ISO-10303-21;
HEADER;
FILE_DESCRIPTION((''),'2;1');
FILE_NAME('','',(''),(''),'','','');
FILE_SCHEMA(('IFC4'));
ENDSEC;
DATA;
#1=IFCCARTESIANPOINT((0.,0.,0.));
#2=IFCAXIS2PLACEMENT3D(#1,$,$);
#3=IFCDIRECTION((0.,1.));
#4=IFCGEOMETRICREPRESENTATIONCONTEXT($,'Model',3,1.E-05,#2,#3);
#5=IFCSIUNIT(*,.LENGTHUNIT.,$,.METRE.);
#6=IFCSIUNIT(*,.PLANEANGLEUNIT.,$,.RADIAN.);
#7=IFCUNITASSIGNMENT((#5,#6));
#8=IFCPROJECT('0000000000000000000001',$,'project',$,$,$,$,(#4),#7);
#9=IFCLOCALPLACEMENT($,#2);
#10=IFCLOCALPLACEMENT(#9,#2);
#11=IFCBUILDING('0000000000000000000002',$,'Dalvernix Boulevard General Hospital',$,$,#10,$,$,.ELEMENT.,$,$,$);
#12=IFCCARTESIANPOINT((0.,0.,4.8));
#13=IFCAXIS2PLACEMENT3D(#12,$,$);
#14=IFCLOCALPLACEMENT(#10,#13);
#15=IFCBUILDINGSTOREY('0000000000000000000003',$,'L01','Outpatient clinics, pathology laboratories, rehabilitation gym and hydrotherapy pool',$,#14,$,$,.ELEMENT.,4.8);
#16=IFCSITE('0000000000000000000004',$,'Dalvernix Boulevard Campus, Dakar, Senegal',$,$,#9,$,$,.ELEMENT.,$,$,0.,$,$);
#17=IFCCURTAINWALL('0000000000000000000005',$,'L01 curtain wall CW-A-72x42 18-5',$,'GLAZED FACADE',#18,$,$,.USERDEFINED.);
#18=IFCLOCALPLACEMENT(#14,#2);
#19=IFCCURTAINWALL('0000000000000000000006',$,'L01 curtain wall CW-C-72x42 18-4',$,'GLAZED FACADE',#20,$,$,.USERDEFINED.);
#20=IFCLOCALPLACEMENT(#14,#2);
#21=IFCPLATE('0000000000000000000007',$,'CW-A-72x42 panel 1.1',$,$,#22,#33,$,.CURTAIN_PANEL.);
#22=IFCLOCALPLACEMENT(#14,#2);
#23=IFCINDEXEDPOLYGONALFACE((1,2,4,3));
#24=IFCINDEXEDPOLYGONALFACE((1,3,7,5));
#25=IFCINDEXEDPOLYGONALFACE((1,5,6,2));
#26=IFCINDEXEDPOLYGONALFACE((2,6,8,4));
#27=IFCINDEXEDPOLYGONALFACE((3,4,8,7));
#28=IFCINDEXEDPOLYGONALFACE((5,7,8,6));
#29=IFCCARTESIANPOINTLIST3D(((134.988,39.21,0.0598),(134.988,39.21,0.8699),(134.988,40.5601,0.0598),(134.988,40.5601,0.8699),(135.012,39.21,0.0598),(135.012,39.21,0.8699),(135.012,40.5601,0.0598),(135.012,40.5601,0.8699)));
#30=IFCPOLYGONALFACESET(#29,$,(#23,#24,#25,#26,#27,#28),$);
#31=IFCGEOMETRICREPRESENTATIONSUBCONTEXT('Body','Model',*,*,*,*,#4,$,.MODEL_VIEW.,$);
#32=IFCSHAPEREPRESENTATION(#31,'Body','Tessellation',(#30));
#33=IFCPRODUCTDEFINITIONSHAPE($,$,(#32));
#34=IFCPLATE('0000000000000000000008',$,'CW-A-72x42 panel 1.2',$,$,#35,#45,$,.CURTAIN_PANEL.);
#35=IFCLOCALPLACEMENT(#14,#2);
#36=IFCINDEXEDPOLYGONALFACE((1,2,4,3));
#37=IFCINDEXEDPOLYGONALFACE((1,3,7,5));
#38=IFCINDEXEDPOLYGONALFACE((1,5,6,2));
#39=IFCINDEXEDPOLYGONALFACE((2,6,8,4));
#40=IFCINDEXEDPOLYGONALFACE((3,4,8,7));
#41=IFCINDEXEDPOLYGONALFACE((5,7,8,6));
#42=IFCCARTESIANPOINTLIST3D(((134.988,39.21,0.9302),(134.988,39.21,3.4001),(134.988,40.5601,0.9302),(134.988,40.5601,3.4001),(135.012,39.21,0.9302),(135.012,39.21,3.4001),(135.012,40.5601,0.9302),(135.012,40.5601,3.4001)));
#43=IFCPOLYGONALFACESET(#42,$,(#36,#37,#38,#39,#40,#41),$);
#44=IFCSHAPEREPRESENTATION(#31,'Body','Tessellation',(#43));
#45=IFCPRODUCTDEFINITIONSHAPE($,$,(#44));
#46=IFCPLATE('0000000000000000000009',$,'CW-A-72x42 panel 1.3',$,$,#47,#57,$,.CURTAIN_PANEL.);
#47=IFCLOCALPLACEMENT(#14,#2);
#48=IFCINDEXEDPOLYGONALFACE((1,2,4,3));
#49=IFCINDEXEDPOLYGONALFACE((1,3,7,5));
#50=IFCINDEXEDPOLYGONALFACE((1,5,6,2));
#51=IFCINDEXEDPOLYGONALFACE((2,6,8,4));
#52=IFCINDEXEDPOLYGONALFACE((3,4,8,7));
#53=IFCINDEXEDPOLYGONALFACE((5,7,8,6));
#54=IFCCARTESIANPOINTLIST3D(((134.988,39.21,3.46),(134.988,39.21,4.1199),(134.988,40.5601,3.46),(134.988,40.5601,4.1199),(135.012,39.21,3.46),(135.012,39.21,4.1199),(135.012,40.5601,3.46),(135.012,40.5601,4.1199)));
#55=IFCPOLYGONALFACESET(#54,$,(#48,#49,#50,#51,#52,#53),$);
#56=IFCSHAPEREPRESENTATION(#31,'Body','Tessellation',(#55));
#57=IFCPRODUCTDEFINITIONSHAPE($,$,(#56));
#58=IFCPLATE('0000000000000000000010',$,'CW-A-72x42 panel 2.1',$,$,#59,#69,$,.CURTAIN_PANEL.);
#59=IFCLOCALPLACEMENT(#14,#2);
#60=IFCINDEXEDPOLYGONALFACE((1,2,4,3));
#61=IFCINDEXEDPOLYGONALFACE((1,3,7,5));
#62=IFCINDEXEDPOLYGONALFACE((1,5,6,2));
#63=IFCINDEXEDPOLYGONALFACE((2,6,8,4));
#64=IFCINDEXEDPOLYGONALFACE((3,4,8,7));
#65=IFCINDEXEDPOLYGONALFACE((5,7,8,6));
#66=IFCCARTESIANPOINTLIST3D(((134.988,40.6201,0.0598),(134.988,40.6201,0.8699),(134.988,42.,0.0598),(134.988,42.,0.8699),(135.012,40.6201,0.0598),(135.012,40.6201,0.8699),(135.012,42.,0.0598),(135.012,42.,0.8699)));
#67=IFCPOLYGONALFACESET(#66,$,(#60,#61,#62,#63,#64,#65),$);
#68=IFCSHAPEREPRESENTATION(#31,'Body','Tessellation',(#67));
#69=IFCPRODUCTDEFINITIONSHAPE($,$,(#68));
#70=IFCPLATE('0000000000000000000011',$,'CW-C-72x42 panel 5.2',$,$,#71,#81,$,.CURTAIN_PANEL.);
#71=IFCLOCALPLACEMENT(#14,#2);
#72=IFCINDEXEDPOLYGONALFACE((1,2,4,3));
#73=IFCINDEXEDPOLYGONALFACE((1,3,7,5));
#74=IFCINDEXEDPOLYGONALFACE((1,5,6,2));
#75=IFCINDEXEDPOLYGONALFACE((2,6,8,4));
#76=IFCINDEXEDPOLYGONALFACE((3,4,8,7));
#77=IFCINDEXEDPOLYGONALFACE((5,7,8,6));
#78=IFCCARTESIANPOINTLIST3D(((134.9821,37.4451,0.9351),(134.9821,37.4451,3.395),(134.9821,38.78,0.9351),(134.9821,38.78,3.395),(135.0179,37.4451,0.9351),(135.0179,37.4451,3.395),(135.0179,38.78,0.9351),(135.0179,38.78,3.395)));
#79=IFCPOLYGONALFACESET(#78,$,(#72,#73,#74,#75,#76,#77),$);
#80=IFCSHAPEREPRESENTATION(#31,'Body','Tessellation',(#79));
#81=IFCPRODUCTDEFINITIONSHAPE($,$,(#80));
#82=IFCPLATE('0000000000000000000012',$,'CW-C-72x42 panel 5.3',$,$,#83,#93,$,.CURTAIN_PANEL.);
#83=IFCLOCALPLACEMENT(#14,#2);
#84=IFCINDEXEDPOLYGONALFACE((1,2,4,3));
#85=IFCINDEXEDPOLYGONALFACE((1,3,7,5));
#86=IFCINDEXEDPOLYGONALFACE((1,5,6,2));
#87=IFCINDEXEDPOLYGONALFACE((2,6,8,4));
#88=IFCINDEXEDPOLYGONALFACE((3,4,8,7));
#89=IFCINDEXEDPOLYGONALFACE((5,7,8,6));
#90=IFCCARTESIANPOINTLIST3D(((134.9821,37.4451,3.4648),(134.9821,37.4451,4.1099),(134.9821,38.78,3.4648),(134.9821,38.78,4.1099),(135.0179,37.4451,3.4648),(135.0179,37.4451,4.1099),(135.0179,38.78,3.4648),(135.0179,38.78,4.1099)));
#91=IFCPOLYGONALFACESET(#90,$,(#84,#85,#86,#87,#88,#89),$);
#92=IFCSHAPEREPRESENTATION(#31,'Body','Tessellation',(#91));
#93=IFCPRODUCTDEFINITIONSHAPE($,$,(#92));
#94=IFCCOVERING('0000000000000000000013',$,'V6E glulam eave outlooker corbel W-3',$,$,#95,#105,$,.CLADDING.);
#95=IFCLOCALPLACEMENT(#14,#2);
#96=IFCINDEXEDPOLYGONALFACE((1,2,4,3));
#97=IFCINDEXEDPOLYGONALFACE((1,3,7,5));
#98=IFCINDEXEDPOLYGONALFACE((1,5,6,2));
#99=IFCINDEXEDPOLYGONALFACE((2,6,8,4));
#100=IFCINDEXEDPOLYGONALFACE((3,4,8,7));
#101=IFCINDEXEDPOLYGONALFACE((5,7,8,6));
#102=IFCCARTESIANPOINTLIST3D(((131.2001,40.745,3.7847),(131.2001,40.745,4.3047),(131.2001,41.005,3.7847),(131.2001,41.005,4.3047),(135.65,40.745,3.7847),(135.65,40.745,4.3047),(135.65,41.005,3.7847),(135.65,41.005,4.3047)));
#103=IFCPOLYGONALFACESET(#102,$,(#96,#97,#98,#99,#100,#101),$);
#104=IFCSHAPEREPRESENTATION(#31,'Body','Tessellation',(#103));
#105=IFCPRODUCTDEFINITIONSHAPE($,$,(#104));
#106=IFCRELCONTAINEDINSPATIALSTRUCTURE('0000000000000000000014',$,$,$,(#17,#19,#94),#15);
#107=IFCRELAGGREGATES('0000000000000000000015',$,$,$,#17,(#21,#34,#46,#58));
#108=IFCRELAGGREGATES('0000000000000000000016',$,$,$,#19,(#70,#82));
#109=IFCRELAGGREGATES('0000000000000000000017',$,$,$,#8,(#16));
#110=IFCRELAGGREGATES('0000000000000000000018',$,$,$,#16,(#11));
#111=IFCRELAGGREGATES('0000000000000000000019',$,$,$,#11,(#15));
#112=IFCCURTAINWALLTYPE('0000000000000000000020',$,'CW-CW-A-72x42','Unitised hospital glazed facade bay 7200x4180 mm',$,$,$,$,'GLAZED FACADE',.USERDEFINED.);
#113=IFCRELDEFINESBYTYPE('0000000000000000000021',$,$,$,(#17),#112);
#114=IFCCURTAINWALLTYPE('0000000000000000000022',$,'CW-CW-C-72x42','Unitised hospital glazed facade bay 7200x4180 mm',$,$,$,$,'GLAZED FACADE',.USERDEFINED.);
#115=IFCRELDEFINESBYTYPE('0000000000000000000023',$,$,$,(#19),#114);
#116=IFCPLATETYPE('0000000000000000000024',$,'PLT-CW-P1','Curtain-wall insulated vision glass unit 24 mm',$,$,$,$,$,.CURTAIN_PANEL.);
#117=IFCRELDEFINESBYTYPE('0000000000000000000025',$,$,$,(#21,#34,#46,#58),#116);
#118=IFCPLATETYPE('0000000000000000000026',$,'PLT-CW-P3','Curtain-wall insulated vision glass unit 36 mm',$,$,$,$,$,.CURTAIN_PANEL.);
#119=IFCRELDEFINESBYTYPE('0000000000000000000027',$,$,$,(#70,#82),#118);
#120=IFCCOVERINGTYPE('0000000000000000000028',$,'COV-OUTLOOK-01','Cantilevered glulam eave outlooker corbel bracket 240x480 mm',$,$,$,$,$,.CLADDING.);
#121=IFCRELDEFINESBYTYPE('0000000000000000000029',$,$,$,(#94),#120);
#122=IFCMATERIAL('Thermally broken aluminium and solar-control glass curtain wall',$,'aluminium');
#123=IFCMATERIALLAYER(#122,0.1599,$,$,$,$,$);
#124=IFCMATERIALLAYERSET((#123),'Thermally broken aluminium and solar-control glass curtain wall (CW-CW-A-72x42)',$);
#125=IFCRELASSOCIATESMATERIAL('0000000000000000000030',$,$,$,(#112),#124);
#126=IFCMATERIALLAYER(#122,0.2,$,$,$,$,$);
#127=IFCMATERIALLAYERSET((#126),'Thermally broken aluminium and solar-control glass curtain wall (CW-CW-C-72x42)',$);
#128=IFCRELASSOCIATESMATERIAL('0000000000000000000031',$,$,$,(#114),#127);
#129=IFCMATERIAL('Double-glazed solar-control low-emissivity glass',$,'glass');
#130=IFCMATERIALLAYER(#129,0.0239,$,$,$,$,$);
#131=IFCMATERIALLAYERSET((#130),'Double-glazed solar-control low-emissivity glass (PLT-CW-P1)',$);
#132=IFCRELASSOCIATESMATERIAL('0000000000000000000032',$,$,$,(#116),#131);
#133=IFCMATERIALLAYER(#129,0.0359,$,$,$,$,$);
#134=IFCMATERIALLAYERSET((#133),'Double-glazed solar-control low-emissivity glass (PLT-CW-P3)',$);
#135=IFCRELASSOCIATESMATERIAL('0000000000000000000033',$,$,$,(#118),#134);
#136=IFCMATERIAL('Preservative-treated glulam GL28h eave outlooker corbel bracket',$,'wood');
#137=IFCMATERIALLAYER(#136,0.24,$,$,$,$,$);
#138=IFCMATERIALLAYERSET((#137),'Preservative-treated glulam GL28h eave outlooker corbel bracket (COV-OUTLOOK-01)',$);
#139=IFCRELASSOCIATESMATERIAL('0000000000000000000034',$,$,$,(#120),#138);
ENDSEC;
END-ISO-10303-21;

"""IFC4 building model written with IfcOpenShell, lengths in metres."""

from ifc_helpers import new_model, si_unit, direction, frame, origin, origin_2d, place, context, subcontext, project, spatial, rectangle, extrude, material, layer, layer_set, type_object, element, aggregate, save


model = new_model("IFC4")

# Units and contexts
model_context = context("Model", 3, precision=1e-05, world=origin(), true_north=direction((0.0, 1.0)))
body_context = subcontext(model_context, "Body", "Model", "MODEL_VIEW")
ifc_project = project(units=[si_unit("LENGTHUNIT", "METRE"), si_unit("PLANEANGLEUNIT", "RADIAN")], contexts=[model_context])

# Site, building, storey
site_placement = place(None, origin())
site = spatial("IfcSite", under=ifc_project, at=site_placement, Name="Dalvernix Boulevard Campus, Dakar, Senegal", CompositionType="ELEMENT", RefElevation=0.0)
building_placement = place(site_placement, origin())
building = spatial("IfcBuilding", under=site, at=building_placement, Name="Dalvernix Boulevard General Hospital", CompositionType="ELEMENT")
storey_placement = place(building_placement, frame((0.0, 0.0, 4.8)))
storey = spatial("IfcBuildingStorey", under=building, at=storey_placement, Name="L01", Description="Outpatient clinics, pathology laboratories, rehabilitation gym and hydrotherapy pool", CompositionType="ELEMENT", Elevation=4.8)

# Curtain wall
ifc_material_1 = material(Name="Thermally broken aluminium and solar-control glass curtain wall", Category="aluminium")
ifc_layer_1 = layer(ifc_material_1, 0.1599)
ifc_layer_set_1 = layer_set([ifc_layer_1], Name="Thermally broken aluminium and solar-control glass curtain wall (CW-CW-A-72x42)")
curtain_wall_type_1 = type_object("IfcCurtainWallType", Name="CW-CW-A-72x42", Description="Unitised hospital glazed facade bay 7200x4180 mm", ElementType="GLAZED FACADE", PredefinedType="USERDEFINED", material=ifc_layer_set_1)
curtain_wall_1_placement = place(storey_placement, origin())
curtain_wall_1 = element("IfcCurtainWall", 1, at=curtain_wall_1_placement, inside=storey, type_object=curtain_wall_type_1, Name="L01 curtain wall CW-A-72x42 18-5", ObjectType="GLAZED FACADE", PredefinedType="USERDEFINED")

# Curtain wall
ifc_layer_2 = layer(ifc_material_1, 0.2)
ifc_layer_set_2 = layer_set([ifc_layer_2], Name="Thermally broken aluminium and solar-control glass curtain wall (CW-CW-C-72x42)")
curtain_wall_type_2 = type_object("IfcCurtainWallType", Name="CW-CW-C-72x42", Description="Unitised hospital glazed facade bay 7200x4180 mm", ElementType="GLAZED FACADE", PredefinedType="USERDEFINED", material=ifc_layer_set_2)
curtain_wall_2_placement = place(storey_placement, origin())
curtain_wall_2 = element("IfcCurtainWall", 2, at=curtain_wall_2_placement, inside=storey, type_object=curtain_wall_type_2, Name="L01 curtain wall CW-C-72x42 18-4", ObjectType="GLAZED FACADE", PredefinedType="USERDEFINED")

# Plates
ifc_material_2 = material(Name="Double-glazed solar-control low-emissivity glass", Category="glass")
ifc_layer_3 = layer(ifc_material_2, 0.0239)
ifc_layer_set_3 = layer_set([ifc_layer_3], Name="Double-glazed solar-control low-emissivity glass (PLT-CW-P1)")
plate_type_1 = type_object("IfcPlateType", Name="PLT-CW-P1", Description="Curtain-wall insulated vision glass unit 24 mm", PredefinedType="CURTAIN_PANEL", material=ifc_layer_set_3)
plate_1_placement = place(storey_placement, frame((135.0, 39.885, 0.0598), z_axis=(0.0, 0.0, 1.0), x_axis=(0.0, 1.0, 0.0)))
plate_1 = element("IfcPlate", 3, at=plate_1_placement, type_object=plate_type_1, Name="CW-A-72x42 panel 1.1", PredefinedType="CURTAIN_PANEL", context=body_context, shape_type="SweptSolid", body=[
    extrude(rectangle(XDim=1.3501, YDim=0.0239, at=origin_2d()), origin(), (0.0, 0.0, 1.0), 0.8101),
])
plate_2_placement = place(storey_placement, frame((135.0, 39.885, 0.9302), z_axis=(0.0, 0.0, 1.0), x_axis=(0.0, 1.0, 0.0)))
plate_2 = element("IfcPlate", 4, at=plate_2_placement, type_object=plate_type_1, Name="CW-A-72x42 panel 1.2", PredefinedType="CURTAIN_PANEL", context=body_context, shape_type="SweptSolid", body=[
    extrude(rectangle(XDim=1.3501, YDim=0.0239, at=origin_2d()), origin(), (0.0, 0.0, 1.0), 2.47),
])
plate_3_placement = place(storey_placement, frame((135.0, 39.885, 3.46), z_axis=(0.0, 0.0, 1.0), x_axis=(0.0, 1.0, 0.0)))
plate_3 = element("IfcPlate", 5, at=plate_3_placement, type_object=plate_type_1, Name="CW-A-72x42 panel 1.3", PredefinedType="CURTAIN_PANEL", context=body_context, shape_type="SweptSolid", body=[
    extrude(rectangle(XDim=1.3501, YDim=0.0239, at=origin_2d()), origin(), (0.0, 0.0, 1.0), 0.6599),
])
plate_4_placement = place(storey_placement, frame((135.0, 41.3101, 0.0598), z_axis=(0.0, 0.0, 1.0), x_axis=(0.0, 1.0, 0.0)))
plate_4 = element("IfcPlate", 6, at=plate_4_placement, type_object=plate_type_1, Name="CW-A-72x42 panel 2.1", PredefinedType="CURTAIN_PANEL", context=body_context, shape_type="SweptSolid", body=[
    extrude(rectangle(XDim=1.3799, YDim=0.0239, at=origin_2d()), origin(), (0.0, 0.0, 1.0), 0.8101),
])
aggregate(curtain_wall_1, [plate_1, plate_2, plate_3, plate_4])
ifc_layer_4 = layer(ifc_material_2, 0.0359)
ifc_layer_set_4 = layer_set([ifc_layer_4], Name="Double-glazed solar-control low-emissivity glass (PLT-CW-P3)")
plate_type_2 = type_object("IfcPlateType", Name="PLT-CW-P3", Description="Curtain-wall insulated vision glass unit 36 mm", PredefinedType="CURTAIN_PANEL", material=ifc_layer_set_4)
plate_5_placement = place(storey_placement, frame((135.0, 38.1125, 0.9351), z_axis=(0.0, 0.0, 1.0), x_axis=(0.0, 1.0, 0.0)))
plate_5 = element("IfcPlate", 7, at=plate_5_placement, type_object=plate_type_2, Name="CW-C-72x42 panel 5.2", PredefinedType="CURTAIN_PANEL", context=body_context, shape_type="SweptSolid", body=[
    extrude(rectangle(XDim=1.335, YDim=0.0359, at=origin_2d()), origin(), (0.0, 0.0, 1.0), 2.46),
])
plate_6_placement = place(storey_placement, frame((135.0, 38.1125, 3.4648), z_axis=(0.0, 0.0, 1.0), x_axis=(0.0, 1.0, 0.0)))
plate_6 = element("IfcPlate", 8, at=plate_6_placement, type_object=plate_type_2, Name="CW-C-72x42 panel 5.3", PredefinedType="CURTAIN_PANEL", context=body_context, shape_type="SweptSolid", body=[
    extrude(rectangle(XDim=1.335, YDim=0.0359, at=origin_2d()), origin(), (0.0, 0.0, 1.0), 0.645),
])
aggregate(curtain_wall_2, [plate_5, plate_6])

# Covering
ifc_material_3 = material(Name="Preservative-treated glulam GL28h eave outlooker corbel bracket", Category="wood")
ifc_layer_5 = layer(ifc_material_3, 0.24)
ifc_layer_set_5 = layer_set([ifc_layer_5], Name="Preservative-treated glulam GL28h eave outlooker corbel bracket (COV-OUTLOOK-01)")
covering_type = type_object("IfcCoveringType", Name="COV-OUTLOOK-01", Description="Cantilevered glulam eave outlooker corbel bracket 240x480 mm", PredefinedType="CLADDING", material=ifc_layer_set_5)
covering_placement = place(storey_placement, frame((133.425, 40.875, 3.7847), z_axis=(0.0, 0.0, 1.0), x_axis=(1.0, 0.0, 0.0)))
element("IfcCovering", 9, at=covering_placement, inside=storey, type_object=covering_type, Name="V6E glulam eave outlooker corbel W-3", PredefinedType="CLADDING", context=body_context, shape_type="SweptSolid", body=[
    extrude(rectangle(XDim=4.45, YDim=0.26, at=origin_2d()), origin(), (0.0, 0.0, 1.0), 0.52),
])

save(model, "model.ifc")
